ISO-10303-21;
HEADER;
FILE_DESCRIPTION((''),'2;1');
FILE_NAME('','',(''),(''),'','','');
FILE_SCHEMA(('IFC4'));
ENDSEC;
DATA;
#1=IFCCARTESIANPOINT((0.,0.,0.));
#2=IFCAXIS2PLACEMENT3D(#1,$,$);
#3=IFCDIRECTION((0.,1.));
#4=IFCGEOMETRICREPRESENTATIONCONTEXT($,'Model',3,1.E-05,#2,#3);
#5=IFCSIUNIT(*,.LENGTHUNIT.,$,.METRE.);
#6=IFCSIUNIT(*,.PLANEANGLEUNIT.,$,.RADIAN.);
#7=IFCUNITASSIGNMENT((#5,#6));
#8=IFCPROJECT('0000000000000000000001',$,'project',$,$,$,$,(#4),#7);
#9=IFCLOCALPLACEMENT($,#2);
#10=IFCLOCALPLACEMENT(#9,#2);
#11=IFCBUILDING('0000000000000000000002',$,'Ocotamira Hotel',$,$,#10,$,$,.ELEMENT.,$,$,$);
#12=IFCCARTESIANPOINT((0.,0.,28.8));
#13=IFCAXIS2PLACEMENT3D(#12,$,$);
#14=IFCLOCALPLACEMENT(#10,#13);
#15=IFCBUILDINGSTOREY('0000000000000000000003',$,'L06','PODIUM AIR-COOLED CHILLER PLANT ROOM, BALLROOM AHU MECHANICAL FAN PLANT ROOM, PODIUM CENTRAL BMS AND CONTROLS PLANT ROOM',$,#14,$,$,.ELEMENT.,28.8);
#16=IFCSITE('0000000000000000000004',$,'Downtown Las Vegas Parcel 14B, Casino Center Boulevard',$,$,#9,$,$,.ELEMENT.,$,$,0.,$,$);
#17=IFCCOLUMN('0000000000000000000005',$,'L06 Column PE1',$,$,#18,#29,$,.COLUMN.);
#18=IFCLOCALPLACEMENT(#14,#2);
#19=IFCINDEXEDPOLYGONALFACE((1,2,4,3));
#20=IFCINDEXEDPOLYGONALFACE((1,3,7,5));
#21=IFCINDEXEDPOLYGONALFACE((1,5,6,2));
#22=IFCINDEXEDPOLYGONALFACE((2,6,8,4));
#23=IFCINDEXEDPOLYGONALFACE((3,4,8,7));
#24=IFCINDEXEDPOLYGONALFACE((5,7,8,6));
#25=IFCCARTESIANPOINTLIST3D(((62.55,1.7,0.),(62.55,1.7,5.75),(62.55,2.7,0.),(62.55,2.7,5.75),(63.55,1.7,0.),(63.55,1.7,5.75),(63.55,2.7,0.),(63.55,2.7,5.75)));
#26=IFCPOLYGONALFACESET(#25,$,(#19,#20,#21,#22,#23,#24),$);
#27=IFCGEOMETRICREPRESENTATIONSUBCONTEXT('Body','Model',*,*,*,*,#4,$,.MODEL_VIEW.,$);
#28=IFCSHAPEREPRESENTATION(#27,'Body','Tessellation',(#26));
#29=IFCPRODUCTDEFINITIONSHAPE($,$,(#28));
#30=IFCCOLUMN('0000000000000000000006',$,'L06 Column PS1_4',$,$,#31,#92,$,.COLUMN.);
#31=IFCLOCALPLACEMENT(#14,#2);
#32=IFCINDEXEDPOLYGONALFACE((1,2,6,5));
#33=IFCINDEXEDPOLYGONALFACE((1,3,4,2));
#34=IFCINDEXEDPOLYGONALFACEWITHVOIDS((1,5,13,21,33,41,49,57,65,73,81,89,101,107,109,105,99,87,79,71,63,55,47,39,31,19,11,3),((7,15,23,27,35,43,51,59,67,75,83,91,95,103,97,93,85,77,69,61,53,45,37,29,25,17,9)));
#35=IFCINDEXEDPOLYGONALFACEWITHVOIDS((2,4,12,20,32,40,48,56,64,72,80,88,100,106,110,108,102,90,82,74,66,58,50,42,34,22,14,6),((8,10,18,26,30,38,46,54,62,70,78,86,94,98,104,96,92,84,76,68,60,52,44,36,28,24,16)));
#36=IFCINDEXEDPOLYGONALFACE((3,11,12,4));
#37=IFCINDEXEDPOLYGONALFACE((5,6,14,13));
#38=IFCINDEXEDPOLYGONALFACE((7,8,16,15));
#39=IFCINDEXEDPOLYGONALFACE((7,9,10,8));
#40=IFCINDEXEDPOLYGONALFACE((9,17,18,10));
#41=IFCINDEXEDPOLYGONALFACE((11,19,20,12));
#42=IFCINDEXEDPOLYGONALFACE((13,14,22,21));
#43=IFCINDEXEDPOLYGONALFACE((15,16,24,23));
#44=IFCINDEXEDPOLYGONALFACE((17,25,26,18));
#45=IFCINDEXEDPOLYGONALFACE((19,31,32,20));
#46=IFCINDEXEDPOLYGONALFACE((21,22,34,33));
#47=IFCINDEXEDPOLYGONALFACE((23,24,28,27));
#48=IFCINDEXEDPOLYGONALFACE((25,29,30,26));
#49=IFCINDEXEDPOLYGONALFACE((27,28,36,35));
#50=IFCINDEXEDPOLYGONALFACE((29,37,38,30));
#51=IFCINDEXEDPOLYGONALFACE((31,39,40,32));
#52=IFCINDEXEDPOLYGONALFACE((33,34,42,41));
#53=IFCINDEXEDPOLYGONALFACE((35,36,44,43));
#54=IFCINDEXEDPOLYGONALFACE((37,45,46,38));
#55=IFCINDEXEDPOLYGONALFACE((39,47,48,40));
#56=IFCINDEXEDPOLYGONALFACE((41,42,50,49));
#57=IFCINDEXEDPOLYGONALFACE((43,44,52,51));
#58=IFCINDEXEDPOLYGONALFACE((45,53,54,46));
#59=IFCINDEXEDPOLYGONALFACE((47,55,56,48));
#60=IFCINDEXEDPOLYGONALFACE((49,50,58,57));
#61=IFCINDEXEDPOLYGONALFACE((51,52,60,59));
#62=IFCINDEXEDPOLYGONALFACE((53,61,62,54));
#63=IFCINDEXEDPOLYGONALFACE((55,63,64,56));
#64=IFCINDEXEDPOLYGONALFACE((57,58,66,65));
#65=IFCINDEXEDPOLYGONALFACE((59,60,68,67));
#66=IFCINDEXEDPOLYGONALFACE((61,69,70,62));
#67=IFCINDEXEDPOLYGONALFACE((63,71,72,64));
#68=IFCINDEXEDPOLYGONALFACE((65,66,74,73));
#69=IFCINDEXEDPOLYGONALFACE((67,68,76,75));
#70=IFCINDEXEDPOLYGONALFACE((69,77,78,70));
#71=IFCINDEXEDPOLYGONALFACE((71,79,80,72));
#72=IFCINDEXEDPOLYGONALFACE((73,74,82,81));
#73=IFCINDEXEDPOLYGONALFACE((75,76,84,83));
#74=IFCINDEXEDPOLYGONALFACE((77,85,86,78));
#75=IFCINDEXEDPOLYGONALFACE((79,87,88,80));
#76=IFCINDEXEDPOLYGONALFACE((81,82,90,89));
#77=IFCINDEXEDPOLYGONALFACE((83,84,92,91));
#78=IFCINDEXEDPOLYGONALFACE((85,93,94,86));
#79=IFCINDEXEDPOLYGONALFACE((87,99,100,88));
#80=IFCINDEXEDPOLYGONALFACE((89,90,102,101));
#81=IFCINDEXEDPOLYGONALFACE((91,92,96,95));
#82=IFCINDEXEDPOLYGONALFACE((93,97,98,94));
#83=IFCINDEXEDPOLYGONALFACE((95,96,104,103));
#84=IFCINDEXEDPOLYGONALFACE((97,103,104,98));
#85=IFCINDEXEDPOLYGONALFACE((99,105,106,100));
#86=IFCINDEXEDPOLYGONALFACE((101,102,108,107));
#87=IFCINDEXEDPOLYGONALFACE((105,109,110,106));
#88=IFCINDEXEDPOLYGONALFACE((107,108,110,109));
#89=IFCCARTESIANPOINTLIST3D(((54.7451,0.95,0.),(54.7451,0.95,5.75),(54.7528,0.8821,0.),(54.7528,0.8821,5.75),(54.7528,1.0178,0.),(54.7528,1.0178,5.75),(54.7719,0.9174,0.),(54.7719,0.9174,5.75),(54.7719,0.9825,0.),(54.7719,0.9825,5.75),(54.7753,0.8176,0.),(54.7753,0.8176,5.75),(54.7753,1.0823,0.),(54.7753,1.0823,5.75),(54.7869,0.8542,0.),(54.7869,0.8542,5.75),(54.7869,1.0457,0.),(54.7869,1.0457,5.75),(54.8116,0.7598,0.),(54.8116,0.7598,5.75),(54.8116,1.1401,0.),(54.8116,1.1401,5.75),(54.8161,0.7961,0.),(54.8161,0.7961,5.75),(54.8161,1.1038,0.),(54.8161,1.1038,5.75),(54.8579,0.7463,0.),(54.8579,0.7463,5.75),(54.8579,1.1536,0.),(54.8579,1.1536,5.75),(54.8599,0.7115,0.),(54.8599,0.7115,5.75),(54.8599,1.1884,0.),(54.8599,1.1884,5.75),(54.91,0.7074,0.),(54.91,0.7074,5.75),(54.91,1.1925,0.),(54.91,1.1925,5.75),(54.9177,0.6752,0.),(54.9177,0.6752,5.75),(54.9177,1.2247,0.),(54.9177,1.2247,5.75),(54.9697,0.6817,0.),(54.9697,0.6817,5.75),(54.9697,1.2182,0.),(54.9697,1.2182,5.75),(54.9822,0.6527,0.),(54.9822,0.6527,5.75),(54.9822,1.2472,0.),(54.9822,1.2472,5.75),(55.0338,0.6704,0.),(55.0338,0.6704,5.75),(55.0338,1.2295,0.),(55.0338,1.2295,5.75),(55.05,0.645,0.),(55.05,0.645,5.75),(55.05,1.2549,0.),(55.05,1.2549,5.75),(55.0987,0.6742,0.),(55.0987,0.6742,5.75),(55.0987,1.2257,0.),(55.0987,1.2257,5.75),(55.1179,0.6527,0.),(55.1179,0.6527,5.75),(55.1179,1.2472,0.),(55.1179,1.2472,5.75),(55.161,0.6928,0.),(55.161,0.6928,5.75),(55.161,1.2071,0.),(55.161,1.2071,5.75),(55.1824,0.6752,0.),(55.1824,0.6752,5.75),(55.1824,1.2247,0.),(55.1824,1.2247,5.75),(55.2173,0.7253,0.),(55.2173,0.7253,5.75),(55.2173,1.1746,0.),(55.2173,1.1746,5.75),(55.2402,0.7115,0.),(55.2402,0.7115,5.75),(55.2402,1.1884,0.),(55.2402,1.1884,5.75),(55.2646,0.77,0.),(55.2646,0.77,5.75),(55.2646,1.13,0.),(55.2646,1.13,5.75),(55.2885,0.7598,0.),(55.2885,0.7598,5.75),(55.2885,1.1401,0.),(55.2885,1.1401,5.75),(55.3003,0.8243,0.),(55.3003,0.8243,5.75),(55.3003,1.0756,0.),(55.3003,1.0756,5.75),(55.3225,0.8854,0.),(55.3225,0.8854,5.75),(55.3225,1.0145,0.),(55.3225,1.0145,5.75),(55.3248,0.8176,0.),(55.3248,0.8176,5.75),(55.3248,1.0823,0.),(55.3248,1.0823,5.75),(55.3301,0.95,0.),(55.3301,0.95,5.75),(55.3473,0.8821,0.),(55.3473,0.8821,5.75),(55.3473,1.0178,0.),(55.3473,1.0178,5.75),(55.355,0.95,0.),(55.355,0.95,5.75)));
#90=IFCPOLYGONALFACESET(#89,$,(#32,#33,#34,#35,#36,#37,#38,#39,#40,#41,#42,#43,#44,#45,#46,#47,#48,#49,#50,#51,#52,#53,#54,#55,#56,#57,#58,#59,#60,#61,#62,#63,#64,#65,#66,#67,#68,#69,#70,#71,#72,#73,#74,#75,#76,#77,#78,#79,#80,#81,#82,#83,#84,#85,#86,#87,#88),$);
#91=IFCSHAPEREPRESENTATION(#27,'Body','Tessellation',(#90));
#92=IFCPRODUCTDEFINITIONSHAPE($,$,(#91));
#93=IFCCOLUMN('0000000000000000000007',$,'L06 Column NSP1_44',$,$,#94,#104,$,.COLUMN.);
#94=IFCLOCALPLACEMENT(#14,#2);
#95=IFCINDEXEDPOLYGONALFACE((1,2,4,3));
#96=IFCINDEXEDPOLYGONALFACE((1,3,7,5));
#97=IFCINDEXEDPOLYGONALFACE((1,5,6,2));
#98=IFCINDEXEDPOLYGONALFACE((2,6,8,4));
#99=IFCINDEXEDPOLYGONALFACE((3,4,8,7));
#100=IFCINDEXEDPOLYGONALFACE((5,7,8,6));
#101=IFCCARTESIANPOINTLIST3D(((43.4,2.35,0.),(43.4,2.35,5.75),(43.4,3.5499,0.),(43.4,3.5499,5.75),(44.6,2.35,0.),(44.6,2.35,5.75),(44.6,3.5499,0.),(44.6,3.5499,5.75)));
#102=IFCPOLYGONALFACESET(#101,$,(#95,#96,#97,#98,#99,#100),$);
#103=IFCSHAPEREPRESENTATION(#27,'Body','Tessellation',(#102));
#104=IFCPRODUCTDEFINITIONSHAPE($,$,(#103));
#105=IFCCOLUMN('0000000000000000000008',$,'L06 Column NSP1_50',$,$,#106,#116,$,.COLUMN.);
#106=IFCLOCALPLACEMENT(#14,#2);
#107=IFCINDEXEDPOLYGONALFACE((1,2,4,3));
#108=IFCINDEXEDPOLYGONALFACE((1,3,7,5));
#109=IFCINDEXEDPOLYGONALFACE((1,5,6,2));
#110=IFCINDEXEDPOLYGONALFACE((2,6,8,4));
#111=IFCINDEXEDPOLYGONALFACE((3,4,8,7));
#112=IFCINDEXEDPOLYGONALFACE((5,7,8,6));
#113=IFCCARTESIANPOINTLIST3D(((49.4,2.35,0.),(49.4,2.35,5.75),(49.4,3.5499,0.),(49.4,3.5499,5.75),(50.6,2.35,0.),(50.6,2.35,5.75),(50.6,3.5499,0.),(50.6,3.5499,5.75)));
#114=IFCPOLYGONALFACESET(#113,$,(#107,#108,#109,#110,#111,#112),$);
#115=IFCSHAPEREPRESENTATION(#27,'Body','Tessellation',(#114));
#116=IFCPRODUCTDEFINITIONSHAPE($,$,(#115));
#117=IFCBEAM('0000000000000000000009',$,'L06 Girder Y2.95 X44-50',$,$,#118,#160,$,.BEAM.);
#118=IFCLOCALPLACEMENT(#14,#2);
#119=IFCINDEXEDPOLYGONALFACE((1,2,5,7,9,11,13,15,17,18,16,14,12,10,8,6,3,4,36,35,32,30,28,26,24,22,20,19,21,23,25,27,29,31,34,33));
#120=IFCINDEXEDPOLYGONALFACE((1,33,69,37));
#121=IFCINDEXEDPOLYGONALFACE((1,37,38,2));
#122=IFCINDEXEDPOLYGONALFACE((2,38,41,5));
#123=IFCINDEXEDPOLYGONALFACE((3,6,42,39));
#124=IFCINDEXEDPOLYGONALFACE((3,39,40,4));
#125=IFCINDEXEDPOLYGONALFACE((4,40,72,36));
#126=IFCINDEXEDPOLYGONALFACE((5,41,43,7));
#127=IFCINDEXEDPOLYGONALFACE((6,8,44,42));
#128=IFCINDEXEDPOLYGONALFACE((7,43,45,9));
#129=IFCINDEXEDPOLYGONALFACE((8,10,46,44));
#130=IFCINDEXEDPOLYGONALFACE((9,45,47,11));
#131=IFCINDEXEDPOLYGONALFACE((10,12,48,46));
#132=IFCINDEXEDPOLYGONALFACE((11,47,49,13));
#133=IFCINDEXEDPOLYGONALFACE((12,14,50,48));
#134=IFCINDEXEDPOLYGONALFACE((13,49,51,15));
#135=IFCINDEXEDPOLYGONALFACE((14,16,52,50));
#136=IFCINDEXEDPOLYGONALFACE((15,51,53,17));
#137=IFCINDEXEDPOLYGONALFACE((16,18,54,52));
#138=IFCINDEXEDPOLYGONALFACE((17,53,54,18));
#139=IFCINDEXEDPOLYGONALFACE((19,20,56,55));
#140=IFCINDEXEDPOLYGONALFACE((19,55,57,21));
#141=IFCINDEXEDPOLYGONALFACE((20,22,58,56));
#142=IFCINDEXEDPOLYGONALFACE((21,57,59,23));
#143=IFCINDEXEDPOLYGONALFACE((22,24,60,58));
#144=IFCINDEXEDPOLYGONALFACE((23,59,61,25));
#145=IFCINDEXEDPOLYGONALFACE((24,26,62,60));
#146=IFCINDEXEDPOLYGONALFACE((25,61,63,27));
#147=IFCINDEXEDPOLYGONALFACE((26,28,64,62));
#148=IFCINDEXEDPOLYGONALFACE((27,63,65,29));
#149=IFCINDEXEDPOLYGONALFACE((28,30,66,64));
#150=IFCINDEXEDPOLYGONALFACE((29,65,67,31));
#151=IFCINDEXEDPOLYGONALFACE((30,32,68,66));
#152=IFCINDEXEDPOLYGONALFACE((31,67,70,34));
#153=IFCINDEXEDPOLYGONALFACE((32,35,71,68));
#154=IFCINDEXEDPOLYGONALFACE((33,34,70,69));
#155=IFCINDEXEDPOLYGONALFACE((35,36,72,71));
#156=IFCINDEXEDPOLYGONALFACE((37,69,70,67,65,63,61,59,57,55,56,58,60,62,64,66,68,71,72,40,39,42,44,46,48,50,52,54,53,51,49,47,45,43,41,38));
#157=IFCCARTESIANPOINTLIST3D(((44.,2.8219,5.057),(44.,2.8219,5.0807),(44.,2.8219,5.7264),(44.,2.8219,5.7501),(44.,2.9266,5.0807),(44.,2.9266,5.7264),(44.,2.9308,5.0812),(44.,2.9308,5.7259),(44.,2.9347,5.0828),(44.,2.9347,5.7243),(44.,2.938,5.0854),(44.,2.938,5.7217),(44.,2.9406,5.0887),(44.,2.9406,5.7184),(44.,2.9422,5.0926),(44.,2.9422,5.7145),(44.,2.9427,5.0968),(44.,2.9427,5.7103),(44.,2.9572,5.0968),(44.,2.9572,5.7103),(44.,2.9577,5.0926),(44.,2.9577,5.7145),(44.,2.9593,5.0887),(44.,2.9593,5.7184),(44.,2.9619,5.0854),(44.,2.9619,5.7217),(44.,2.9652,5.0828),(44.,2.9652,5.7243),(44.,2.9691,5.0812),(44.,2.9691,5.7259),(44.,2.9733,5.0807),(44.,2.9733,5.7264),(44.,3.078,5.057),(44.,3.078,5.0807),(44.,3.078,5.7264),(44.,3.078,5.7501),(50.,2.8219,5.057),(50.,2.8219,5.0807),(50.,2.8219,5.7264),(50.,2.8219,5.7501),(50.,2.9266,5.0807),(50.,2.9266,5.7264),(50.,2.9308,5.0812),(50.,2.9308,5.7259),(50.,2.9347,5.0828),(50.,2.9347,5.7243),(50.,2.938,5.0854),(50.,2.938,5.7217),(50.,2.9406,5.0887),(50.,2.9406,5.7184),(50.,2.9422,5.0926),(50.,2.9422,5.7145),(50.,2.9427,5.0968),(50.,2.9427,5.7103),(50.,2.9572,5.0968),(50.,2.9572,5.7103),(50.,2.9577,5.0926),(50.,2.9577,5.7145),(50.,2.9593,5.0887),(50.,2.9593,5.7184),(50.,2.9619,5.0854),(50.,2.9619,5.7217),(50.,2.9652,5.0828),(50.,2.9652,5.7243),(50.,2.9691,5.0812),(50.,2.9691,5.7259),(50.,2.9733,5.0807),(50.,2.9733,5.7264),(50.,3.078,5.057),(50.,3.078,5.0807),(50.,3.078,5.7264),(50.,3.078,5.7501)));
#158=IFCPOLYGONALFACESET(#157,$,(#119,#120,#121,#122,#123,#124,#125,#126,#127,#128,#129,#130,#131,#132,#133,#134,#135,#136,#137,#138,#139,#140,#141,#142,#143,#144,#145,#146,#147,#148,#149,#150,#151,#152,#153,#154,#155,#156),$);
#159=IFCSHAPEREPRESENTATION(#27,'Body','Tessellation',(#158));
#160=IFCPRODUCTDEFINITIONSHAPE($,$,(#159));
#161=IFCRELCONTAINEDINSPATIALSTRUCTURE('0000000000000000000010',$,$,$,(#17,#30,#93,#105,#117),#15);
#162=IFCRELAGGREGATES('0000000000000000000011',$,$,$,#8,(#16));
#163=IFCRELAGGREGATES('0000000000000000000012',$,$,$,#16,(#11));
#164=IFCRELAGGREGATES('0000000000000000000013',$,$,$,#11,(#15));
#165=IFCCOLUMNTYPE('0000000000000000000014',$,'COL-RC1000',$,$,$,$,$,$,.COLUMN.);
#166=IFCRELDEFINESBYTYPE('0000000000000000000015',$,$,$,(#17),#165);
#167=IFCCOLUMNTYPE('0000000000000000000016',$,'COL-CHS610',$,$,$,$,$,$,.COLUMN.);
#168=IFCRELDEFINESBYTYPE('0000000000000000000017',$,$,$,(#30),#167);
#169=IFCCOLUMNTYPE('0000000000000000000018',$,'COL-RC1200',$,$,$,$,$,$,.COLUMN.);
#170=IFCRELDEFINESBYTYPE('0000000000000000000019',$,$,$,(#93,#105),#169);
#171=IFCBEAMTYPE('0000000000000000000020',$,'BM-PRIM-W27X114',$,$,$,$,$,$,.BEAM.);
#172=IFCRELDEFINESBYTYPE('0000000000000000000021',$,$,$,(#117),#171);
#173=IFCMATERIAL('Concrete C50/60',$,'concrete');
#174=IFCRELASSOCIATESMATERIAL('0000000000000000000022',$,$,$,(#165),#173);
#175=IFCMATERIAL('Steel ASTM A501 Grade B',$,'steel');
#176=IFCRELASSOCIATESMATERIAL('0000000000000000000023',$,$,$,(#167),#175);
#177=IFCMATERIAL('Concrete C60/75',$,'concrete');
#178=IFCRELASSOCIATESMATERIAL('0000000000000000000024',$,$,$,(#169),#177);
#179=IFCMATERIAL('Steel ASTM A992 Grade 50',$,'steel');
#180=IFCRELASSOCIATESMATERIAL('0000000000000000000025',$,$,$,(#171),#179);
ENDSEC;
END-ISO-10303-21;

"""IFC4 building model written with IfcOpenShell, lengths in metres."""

from ifc_helpers import new_model, si_unit, direction, frame, origin, origin_2d, place, context, subcontext, project, spatial, rectangle, hollow_circle, i_section, extrude, source, transform, mapped, material, material_profile, profile_set, type_object, element, save


model = new_model("IFC4")

# Units and contexts
model_context = context("Model", 3, precision=1e-05, world=origin(), true_north=direction((0.0, 1.0)))
body_context = subcontext(model_context, "Body", "Model", "MODEL_VIEW")
ifc_project = project(units=[si_unit("LENGTHUNIT", "METRE"), si_unit("PLANEANGLEUNIT", "RADIAN")], contexts=[model_context])

# Site, building, storey
site_placement = place(None, origin())
site = spatial("IfcSite", under=ifc_project, at=site_placement, Name="Downtown Las Vegas Parcel 14B, Casino Center Boulevard", CompositionType="ELEMENT", RefElevation=0.0)
building_placement = place(site_placement, origin())
building = spatial("IfcBuilding", under=site, at=building_placement, Name="Ocotamira Hotel", CompositionType="ELEMENT")
storey_placement = place(building_placement, frame((0.0, 0.0, 28.8)))
storey = spatial("IfcBuildingStorey", under=building, at=storey_placement, Name="L06", Description="PODIUM AIR-COOLED CHILLER PLANT ROOM, BALLROOM AHU MECHANICAL FAN PLANT ROOM, PODIUM CENTRAL BMS AND CONTROLS PLANT ROOM", CompositionType="ELEMENT", Elevation=28.8)

# Columns
ifc_material_1 = material(Name="Concrete C50/60", Category="concrete")
ifc_material_profile_1 = material_profile(ifc_material_1, rectangle(XDim=1.0, YDim=1.0, at=origin_2d()), Name="RC1000X1000")
ifc_profile_set_1 = profile_set([ifc_material_profile_1], Name="Concrete C50/60")
column_type_1 = type_object("IfcColumnType", Name="COL-RC1000", PredefinedType="COLUMN", material=ifc_profile_set_1)
shared_shape_1 = source(origin(), body_context, "Body", "SweptSolid", [
    extrude(rectangle(XDim=1.0, YDim=1.0, at=origin_2d()), origin(), (0.0, 0.0, 1.0), 5.75),
])
column_1_placement = place(storey_placement, frame((63.05, 2.2, 0.0), z_axis=(0.0, 0.0, 1.0), x_axis=(1.0, 0.0, 0.0)))
element("IfcColumn", 1, at=column_1_placement, inside=storey, type_object=column_type_1, Name="L06 Column PE1", PredefinedType="COLUMN", context=body_context, shape_type="MappedRepresentation", body=[
    mapped(shared_shape_1, transform((0.0, 0.0, 0.0), scale=1.0)),
])
ifc_material_2 = material(Name="Steel ASTM A501 Grade B", Category="steel")
ifc_material_profile_2 = material_profile(ifc_material_2, hollow_circle(Radius=0.3049, WallThickness=0.0249, at=origin_2d()), Name="CHS610X25")
ifc_profile_set_2 = profile_set([ifc_material_profile_2], Name="Steel ASTM A501 Grade B")
column_type_2 = type_object("IfcColumnType", Name="COL-CHS610", PredefinedType="COLUMN", material=ifc_profile_set_2)
shared_shape_2 = source(origin(), body_context, "Body", "SweptSolid", [
    extrude(hollow_circle(Radius=0.3049, WallThickness=0.0249, at=origin_2d()), origin(), (0.0, 0.0, 1.0), 5.75),
])
column_2_placement = place(storey_placement, frame((55.05, 0.95, 0.0), z_axis=(0.0, 0.0, 1.0), x_axis=(1.0, 0.0, 0.0)))
element("IfcColumn", 2, at=column_2_placement, inside=storey, type_object=column_type_2, Name="L06 Column PS1_4", PredefinedType="COLUMN", context=body_context, shape_type="MappedRepresentation", body=[
    mapped(shared_shape_2, transform((0.0, 0.0, 0.0), scale=1.0)),
])
ifc_material_3 = material(Name="Concrete C60/75", Category="concrete")
ifc_material_profile_3 = material_profile(ifc_material_3, rectangle(XDim=1.2, YDim=1.2, at=origin_2d()), Name="RC1200X1200")
ifc_profile_set_3 = profile_set([ifc_material_profile_3], Name="Concrete C60/75")
column_type_3 = type_object("IfcColumnType", Name="COL-RC1200", PredefinedType="COLUMN", material=ifc_profile_set_3)
shared_shape_3 = source(origin(), body_context, "Body", "SweptSolid", [
    extrude(rectangle(XDim=1.2, YDim=1.2, at=origin_2d()), origin(), (0.0, 0.0, 1.0), 5.75),
])
for number, where, z_axis, x_axis, name in (
    (3, (44.0, 2.95, 0.0), (0.0, 0.0, 1.0), (1.0, 0.0, 0.0), "L06 Column NSP1_44"),
    (4, (50.0, 2.95, 0.0), (0.0, 0.0, 1.0), (1.0, 0.0, 0.0), "L06 Column NSP1_50"),
):
    element("IfcColumn", number, at=place(storey_placement, frame(where, z_axis=z_axis, x_axis=x_axis)), inside=storey, type_object=column_type_3, Name=name, PredefinedType="COLUMN", context=body_context, shape_type="MappedRepresentation", body=[
        mapped(shared_shape_3, transform((0.0, 0.0, 0.0), scale=1.0)),
    ])

# Beam
ifc_material_4 = material(Name="Steel ASTM A992 Grade 50", Category="steel")
ifc_material_profile_4 = material_profile(ifc_material_4, i_section(OverallWidth=0.2561, OverallDepth=0.6931, WebThickness=0.0144, FlangeThickness=0.0237, FilletRadius=0.0161, at=origin_2d()), Name="W27X114")
ifc_profile_set_4 = profile_set([ifc_material_profile_4], Name="Steel ASTM A992 Grade 50")
beam_type_1 = type_object("IfcBeamType", Name="BM-PRIM-W27X114", PredefinedType="BEAM", material=ifc_profile_set_4)
shared_shape_4 = source(origin(), body_context, "Body", "SweptSolid", [
    extrude(i_section(OverallWidth=0.2561, OverallDepth=0.6931, WebThickness=0.0144, FlangeThickness=0.0237, FilletRadius=0.0161, at=origin_2d()), origin(), (0.0, 0.0, 1.0), 6.0),
])
beam_1_placement = place(storey_placement, frame((44.0, 2.95, 5.4036), z_axis=(1.0, 0.0, 0.0), x_axis=(0.0, 1.0, 0.0)))
element("IfcBeam", 5, at=beam_1_placement, inside=storey, type_object=beam_type_1, Name="L06 Girder Y2.95 X44-50", PredefinedType="BEAM", context=body_context, shape_type="MappedRepresentation", body=[
    mapped(shared_shape_4, transform((0.0, 0.0, 0.0), scale=1.0)),
])

save(model, "model.ifc")
